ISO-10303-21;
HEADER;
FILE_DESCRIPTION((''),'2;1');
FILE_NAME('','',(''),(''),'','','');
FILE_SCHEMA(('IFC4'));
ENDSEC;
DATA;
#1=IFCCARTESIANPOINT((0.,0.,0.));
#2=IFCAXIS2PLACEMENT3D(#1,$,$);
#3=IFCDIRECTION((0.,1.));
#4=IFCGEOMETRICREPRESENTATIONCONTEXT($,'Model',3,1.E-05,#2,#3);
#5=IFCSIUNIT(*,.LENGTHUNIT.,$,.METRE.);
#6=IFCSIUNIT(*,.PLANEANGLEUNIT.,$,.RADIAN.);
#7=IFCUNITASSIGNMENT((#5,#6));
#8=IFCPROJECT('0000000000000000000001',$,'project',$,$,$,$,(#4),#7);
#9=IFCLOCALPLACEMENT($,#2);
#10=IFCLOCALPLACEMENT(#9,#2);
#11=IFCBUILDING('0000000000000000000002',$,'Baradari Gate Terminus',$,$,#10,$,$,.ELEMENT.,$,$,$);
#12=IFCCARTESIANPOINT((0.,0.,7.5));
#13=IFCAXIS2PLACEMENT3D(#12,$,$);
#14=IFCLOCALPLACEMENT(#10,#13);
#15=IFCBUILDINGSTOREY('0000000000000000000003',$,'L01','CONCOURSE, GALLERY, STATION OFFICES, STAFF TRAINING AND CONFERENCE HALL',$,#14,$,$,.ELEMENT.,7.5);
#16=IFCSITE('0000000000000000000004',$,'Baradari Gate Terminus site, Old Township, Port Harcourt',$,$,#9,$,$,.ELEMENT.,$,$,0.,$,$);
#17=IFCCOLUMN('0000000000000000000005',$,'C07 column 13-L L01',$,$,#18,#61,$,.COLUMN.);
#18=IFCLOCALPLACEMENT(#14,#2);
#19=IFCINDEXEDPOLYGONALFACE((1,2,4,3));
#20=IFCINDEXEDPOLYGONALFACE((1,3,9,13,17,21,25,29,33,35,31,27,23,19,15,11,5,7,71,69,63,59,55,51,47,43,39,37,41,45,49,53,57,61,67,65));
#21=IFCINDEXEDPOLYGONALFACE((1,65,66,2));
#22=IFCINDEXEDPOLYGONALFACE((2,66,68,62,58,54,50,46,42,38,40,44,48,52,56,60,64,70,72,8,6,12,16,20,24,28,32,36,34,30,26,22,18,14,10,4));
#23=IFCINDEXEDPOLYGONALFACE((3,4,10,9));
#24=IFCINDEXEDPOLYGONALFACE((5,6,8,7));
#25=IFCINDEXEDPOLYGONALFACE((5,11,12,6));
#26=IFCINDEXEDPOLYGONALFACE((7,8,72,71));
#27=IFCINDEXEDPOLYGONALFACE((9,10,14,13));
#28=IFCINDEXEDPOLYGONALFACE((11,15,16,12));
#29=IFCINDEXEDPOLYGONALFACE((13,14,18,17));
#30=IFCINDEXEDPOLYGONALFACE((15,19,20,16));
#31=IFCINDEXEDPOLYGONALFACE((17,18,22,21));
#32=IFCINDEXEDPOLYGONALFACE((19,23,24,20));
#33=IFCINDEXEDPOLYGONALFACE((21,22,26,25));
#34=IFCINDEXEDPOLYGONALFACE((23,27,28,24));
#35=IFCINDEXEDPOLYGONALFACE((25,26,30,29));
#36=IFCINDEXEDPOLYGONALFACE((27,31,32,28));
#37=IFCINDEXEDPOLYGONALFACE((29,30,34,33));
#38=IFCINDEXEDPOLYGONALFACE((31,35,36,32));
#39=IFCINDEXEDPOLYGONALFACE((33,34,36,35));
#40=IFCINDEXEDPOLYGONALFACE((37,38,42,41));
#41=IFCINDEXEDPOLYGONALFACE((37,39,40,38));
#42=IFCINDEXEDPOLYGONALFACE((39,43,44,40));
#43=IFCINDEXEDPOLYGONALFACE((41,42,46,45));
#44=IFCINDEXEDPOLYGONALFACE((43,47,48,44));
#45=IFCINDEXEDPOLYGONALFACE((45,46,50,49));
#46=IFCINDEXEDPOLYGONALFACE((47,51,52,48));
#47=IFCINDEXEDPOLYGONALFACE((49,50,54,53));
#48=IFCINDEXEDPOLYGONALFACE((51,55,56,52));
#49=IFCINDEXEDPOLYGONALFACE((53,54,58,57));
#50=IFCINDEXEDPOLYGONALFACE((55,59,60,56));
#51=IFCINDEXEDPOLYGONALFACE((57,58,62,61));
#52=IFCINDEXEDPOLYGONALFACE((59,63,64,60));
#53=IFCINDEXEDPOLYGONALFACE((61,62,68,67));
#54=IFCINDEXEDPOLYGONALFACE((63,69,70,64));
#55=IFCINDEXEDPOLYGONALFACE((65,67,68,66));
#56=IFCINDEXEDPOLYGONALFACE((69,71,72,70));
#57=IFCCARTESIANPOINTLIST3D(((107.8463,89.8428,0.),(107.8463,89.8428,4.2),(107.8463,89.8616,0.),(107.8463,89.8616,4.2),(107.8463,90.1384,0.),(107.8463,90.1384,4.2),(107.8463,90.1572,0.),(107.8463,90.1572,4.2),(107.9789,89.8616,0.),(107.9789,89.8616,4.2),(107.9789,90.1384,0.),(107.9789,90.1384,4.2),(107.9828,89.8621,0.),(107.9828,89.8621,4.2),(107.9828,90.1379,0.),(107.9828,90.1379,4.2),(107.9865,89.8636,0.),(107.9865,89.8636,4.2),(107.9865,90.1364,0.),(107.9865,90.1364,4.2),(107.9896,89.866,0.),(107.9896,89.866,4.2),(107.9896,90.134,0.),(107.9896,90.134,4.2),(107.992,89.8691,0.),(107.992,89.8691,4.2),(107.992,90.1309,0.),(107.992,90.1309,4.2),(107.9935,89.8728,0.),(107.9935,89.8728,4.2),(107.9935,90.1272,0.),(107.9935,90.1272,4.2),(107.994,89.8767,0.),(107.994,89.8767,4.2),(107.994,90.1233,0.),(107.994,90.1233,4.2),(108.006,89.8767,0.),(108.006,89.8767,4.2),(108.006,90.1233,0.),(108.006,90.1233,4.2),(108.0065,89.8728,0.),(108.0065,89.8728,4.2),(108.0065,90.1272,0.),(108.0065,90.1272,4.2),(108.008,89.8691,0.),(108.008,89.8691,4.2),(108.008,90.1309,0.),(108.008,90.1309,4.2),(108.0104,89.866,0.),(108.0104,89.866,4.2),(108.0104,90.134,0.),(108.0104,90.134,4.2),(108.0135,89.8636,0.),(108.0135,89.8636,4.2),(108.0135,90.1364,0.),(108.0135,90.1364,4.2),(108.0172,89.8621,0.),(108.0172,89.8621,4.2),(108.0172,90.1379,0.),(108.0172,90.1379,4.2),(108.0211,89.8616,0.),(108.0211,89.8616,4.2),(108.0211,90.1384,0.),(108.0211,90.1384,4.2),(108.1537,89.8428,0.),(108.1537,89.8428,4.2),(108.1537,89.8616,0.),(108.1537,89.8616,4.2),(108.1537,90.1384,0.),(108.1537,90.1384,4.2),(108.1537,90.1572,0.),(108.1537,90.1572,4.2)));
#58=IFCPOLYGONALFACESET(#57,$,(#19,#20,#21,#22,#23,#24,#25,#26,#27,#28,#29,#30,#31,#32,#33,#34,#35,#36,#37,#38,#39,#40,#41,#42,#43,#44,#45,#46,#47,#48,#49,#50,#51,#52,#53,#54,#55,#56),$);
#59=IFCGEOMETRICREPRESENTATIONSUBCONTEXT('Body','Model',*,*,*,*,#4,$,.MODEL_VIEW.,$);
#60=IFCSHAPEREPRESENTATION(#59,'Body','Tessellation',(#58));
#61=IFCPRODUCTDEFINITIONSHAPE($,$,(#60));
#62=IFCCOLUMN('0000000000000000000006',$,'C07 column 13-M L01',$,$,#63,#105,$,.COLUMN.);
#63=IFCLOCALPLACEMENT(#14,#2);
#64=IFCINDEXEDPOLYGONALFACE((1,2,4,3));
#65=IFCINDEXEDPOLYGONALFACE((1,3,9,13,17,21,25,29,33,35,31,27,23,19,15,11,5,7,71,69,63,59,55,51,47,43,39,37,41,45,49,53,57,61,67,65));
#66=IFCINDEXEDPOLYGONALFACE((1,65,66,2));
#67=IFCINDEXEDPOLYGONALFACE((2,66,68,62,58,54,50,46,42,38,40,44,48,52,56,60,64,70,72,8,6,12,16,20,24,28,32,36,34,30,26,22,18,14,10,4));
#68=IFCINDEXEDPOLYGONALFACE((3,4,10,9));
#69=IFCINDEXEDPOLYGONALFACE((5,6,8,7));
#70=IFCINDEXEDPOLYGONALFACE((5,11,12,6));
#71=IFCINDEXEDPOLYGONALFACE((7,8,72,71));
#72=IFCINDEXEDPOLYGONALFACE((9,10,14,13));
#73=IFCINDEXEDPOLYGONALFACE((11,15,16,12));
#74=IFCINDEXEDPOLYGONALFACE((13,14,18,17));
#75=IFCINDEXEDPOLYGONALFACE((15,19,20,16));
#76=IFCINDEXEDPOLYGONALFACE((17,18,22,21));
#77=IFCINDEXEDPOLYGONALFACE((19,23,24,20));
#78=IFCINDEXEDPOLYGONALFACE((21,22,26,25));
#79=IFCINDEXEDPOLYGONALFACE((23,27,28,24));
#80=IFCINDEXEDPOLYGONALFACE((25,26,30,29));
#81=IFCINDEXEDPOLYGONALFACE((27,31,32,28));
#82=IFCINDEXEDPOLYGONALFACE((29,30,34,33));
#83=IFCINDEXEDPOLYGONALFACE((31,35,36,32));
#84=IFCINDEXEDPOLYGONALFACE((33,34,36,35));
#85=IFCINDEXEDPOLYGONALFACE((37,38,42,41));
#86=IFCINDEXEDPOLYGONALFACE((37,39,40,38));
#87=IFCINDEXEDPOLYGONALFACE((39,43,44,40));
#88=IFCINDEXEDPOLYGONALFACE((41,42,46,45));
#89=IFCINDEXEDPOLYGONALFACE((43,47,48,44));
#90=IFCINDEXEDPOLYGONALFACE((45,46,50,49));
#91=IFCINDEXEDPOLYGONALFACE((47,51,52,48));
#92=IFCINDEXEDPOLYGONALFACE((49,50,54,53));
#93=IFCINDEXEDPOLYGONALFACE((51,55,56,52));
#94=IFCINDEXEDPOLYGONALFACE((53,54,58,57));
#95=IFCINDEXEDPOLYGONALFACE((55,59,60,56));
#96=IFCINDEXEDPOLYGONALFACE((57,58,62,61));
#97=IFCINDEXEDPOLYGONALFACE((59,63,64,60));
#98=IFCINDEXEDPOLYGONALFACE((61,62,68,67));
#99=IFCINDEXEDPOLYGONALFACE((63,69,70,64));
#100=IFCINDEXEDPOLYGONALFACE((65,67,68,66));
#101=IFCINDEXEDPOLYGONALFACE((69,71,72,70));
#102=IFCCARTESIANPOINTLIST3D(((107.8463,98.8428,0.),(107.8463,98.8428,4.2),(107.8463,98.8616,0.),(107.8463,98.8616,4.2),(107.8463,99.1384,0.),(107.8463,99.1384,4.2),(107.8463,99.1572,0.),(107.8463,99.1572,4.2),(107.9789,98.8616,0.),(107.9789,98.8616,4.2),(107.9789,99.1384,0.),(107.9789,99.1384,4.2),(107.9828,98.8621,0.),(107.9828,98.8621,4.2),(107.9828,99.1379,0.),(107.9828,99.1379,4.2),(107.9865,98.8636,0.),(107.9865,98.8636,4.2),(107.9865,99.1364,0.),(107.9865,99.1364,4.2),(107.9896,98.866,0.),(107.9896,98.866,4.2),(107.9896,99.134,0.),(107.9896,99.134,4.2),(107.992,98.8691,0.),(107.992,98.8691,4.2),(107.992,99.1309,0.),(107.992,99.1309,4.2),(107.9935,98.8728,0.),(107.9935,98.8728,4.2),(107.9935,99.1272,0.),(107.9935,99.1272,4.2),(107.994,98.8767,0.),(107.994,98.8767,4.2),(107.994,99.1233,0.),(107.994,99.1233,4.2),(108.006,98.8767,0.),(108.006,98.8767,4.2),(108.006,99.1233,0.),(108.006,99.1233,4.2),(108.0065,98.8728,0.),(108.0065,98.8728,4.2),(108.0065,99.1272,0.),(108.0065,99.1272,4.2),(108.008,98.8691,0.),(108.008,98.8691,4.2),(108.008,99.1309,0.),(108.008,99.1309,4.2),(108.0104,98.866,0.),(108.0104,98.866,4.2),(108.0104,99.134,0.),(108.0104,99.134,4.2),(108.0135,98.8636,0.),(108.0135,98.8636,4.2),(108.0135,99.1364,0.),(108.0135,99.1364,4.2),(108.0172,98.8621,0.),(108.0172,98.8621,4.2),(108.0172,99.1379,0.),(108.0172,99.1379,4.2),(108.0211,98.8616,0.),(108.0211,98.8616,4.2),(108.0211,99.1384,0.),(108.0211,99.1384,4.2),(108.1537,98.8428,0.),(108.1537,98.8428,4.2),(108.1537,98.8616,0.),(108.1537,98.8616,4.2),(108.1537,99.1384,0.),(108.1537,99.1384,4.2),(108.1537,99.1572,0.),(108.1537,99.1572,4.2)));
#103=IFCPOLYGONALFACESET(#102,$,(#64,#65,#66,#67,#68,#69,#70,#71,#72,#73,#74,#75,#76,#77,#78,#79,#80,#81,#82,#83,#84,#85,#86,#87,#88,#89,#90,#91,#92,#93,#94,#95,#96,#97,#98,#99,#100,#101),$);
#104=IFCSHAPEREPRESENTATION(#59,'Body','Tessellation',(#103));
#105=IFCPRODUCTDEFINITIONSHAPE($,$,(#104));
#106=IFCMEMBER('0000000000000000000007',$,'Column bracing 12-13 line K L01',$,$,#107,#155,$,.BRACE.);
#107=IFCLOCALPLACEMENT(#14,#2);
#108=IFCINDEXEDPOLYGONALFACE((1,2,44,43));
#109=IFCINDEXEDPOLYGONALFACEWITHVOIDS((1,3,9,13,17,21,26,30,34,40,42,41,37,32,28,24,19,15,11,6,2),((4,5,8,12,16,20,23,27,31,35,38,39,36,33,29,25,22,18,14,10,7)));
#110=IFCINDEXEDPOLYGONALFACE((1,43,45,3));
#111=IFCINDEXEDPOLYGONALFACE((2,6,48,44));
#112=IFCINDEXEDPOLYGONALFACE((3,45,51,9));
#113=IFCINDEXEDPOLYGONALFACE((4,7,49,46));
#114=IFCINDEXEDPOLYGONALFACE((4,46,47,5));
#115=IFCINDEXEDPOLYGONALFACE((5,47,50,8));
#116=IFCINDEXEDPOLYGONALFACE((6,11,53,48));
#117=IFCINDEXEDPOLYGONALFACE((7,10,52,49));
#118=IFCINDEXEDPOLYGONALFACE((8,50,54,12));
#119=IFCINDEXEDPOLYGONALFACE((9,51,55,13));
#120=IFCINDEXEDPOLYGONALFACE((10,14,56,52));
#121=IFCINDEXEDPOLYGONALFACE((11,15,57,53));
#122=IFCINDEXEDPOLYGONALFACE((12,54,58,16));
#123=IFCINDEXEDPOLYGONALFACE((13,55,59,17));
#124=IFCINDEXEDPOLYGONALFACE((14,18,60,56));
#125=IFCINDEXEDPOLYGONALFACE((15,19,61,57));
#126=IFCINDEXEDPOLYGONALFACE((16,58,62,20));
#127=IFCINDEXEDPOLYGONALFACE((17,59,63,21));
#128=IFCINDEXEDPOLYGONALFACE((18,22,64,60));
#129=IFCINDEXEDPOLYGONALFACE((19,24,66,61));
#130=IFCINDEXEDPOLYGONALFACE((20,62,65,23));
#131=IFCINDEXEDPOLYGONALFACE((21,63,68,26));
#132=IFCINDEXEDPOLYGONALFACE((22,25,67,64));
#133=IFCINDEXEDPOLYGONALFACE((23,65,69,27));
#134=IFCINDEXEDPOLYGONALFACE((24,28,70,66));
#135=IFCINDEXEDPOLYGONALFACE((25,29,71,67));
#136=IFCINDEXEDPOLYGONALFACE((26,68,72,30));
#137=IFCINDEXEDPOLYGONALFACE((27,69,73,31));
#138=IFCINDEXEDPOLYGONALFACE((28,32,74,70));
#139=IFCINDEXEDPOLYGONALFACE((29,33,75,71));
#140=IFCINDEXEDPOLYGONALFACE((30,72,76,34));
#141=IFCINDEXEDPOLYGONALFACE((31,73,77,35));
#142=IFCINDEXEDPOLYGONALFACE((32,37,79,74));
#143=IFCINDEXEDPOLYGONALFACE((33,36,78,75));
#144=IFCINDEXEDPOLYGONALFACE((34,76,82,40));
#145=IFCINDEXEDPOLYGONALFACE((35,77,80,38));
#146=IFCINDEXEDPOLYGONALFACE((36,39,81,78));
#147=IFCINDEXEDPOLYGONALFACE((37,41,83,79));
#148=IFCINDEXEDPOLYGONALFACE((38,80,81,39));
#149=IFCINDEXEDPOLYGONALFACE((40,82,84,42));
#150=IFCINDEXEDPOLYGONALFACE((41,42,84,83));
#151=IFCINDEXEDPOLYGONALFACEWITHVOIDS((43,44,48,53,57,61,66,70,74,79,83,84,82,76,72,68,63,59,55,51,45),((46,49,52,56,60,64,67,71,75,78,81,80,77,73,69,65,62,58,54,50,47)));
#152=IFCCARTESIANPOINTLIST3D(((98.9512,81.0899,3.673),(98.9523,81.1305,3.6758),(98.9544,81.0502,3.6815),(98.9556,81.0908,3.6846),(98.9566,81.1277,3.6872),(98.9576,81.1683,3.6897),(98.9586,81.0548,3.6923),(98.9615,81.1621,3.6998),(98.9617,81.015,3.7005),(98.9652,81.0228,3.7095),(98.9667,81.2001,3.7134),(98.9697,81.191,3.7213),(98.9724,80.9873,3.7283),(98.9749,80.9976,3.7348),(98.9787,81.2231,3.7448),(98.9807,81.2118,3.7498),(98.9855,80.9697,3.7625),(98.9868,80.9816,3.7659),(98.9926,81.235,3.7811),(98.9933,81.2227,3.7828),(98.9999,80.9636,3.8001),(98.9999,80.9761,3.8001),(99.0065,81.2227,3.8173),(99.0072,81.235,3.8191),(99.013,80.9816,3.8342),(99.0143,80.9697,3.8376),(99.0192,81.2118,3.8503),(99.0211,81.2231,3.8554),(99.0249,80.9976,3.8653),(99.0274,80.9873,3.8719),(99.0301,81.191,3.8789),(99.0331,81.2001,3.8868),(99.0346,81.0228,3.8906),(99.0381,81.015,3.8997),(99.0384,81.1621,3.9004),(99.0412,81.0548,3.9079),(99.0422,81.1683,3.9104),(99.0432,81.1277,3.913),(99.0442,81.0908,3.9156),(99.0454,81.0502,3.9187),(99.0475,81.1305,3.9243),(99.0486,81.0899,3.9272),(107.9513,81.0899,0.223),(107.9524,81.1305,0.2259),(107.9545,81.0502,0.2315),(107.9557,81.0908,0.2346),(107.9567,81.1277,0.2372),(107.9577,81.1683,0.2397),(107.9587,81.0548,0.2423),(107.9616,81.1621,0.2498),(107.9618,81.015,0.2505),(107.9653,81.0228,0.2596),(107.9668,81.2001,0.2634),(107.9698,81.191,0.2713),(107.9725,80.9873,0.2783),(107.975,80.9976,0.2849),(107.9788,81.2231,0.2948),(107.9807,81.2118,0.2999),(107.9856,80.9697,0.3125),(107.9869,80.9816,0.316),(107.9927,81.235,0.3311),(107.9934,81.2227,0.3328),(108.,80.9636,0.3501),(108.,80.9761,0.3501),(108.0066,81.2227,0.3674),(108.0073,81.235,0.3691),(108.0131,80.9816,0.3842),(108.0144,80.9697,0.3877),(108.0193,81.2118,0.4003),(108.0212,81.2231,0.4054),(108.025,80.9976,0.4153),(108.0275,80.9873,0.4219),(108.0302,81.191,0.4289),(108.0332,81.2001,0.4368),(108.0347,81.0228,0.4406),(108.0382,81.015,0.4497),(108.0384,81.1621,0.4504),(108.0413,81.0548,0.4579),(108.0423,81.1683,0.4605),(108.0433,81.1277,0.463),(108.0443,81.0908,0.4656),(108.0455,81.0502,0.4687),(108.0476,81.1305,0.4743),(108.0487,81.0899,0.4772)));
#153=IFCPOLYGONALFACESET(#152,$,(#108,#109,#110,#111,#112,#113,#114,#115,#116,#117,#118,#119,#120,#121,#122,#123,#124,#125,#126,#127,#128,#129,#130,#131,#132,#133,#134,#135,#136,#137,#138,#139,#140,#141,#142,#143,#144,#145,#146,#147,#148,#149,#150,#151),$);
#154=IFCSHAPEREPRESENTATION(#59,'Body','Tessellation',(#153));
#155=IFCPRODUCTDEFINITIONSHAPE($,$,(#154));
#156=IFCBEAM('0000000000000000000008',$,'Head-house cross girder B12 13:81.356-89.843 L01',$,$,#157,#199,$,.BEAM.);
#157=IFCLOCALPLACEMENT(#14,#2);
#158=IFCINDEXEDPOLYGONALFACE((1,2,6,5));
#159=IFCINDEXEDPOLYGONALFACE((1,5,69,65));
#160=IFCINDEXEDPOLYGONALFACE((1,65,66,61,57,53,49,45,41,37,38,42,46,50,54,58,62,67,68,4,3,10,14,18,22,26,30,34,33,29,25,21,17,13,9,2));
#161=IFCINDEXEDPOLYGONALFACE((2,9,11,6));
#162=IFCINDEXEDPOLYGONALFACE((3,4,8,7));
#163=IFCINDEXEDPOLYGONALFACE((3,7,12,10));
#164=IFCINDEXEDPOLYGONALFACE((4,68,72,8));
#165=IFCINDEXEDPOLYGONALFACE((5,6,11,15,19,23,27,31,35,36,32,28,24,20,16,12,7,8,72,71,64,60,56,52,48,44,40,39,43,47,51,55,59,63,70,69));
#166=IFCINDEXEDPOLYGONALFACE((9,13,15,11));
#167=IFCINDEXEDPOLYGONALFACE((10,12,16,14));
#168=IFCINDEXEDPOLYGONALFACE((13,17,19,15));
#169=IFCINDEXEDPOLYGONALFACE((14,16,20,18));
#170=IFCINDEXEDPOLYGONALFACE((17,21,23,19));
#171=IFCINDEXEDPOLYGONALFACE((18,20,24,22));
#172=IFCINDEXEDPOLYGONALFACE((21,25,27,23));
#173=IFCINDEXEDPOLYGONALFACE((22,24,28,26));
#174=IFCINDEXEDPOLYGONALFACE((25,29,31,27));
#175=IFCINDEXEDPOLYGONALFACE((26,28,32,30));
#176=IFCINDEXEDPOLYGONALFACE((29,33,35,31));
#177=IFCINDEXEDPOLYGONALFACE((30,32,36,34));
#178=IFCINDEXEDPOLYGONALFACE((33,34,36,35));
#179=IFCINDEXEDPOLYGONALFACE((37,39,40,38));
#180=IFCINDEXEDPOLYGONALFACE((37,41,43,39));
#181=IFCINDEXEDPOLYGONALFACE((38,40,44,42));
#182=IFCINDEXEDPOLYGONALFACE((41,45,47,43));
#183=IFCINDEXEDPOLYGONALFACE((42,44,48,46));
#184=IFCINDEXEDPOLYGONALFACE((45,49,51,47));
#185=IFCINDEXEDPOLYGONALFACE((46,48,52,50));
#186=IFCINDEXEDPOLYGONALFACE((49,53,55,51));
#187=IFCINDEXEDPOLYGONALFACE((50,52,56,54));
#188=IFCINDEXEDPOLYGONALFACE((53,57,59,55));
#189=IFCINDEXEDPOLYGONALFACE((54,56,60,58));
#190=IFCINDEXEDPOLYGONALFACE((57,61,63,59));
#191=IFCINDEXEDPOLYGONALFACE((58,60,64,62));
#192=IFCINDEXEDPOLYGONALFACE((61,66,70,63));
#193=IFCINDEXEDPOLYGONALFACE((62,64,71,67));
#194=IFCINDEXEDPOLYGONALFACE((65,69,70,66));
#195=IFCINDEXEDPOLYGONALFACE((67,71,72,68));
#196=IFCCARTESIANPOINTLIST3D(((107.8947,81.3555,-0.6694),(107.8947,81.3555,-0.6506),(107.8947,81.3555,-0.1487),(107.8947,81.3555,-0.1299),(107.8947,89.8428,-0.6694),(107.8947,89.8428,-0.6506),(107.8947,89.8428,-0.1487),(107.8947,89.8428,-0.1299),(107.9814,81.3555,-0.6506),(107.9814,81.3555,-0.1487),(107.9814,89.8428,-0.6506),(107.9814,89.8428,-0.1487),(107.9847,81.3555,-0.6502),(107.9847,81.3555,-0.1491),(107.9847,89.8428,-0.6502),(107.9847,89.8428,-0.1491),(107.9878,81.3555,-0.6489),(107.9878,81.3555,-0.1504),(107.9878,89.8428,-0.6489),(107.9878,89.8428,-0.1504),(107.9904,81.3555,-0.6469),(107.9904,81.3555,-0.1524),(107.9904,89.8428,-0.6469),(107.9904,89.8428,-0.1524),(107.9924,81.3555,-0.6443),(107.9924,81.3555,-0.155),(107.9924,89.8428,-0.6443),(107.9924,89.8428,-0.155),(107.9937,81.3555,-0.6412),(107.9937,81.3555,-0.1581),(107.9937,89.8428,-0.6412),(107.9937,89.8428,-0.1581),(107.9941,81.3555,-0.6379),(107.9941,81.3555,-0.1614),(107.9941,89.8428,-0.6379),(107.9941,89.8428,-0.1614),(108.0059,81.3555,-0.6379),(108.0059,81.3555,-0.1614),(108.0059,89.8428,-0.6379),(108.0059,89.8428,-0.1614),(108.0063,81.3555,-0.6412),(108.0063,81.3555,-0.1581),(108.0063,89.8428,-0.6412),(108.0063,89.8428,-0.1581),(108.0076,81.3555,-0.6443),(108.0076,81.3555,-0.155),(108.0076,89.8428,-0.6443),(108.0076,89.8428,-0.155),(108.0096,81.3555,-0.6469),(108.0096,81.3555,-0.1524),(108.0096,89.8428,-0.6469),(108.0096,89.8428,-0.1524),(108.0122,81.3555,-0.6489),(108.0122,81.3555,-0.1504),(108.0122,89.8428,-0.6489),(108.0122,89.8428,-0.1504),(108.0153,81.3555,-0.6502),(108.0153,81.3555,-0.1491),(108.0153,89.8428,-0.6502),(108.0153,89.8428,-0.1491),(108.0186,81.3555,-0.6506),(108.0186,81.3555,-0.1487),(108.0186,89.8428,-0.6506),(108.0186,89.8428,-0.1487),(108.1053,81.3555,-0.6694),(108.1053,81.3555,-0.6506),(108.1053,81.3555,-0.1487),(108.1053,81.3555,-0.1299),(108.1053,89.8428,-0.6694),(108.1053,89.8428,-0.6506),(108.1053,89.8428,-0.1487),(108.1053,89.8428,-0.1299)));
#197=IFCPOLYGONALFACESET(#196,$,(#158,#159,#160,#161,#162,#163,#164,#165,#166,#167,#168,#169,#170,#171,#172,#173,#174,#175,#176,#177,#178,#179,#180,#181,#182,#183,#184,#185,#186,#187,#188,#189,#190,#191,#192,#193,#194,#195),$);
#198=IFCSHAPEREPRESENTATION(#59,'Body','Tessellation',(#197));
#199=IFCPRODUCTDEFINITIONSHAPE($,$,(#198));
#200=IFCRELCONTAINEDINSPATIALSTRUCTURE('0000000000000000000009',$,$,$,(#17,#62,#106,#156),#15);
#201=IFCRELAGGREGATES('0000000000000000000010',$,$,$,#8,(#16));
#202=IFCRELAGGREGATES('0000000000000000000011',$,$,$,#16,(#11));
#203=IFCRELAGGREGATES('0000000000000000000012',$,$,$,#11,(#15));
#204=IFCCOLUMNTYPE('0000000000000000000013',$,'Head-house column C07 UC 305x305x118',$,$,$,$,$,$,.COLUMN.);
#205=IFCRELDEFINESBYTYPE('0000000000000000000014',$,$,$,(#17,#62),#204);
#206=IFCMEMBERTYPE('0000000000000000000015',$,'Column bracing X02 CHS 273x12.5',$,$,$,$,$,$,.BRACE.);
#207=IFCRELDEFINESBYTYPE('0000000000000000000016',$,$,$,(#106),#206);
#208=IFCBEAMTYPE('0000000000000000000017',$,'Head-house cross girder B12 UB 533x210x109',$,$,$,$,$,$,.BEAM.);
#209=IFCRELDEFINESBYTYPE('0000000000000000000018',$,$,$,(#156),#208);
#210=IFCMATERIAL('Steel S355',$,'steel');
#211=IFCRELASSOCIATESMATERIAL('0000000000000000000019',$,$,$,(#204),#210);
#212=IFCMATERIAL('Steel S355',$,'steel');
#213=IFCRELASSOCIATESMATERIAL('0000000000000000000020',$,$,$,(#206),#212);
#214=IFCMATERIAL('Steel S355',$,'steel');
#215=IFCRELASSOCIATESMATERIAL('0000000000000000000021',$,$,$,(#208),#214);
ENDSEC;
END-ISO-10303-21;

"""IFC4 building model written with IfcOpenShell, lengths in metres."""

from ifc_helpers import new_model, si_unit, direction, frame, origin, origin_2d, place, context, subcontext, project, spatial, hollow_circle, i_section, extrude, material, material_profile, profile_set, type_object, element, save


model = new_model("IFC4")

# Units and contexts
model_context = context("Model", 3, precision=1e-05, world=origin(), true_north=direction((0.0, 1.0)))
body_context = subcontext(model_context, "Body", "Model", "MODEL_VIEW")
ifc_project = project(units=[si_unit("LENGTHUNIT", "METRE"), si_unit("PLANEANGLEUNIT", "RADIAN")], contexts=[model_context])

# Site, building, storey
site_placement = place(None, origin())
site = spatial("IfcSite", under=ifc_project, at=site_placement, Name="Baradari Gate Terminus site, Old Township, Port Harcourt", CompositionType="ELEMENT", RefElevation=0.0)
building_placement = place(site_placement, origin())
building = spatial("IfcBuilding", under=site, at=building_placement, Name="Baradari Gate Terminus", CompositionType="ELEMENT")
storey_placement = place(building_placement, frame((0.0, 0.0, 7.5)))
storey = spatial("IfcBuildingStorey", under=building, at=storey_placement, Name="L01", Description="CONCOURSE, GALLERY, STATION OFFICES, STAFF TRAINING AND CONFERENCE HALL", CompositionType="ELEMENT", Elevation=7.5)

# Columns
ifc_material_1 = material(Name="Steel S355", Category="steel")
ifc_material_profile_1 = material_profile(ifc_material_1, i_section(OverallWidth=0.3074, OverallDepth=0.3145, WebThickness=0.012, FlangeThickness=0.0188, FilletRadius=0.0151, at=origin_2d()), Name="UC 305x305x118")
ifc_profile_set_1 = profile_set([ifc_material_profile_1], Name="Steel S355")
column_type = type_object("IfcColumnType", Name="Head-house column C07 UC 305x305x118", PredefinedType="COLUMN", material=ifc_profile_set_1)
for number, where, z_axis, x_axis, name in (
    (1, (108.0, 90.0, 0.0), (0.0, 0.0, 1.0), (1.0, 0.0, 0.0), "C07 column 13-L L01"),
    (2, (108.0, 99.0, 0.0), (0.0, 0.0, 1.0), (1.0, 0.0, 0.0), "C07 column 13-M L01"),
):
    element("IfcColumn", number, at=place(storey_placement, frame(where, z_axis=z_axis, x_axis=x_axis)), inside=storey, type_object=column_type, Name=name, PredefinedType="COLUMN", context=body_context, shape_type="SweptSolid", body=[
        extrude(i_section(OverallWidth=0.3074, OverallDepth=0.3145, WebThickness=0.012, FlangeThickness=0.0188, FilletRadius=0.0151, at=origin_2d()), origin(), (0.0, 0.0, 1.0), 4.2),
    ])

# Member
ifc_material_2 = material(Name="Steel S355", Category="steel")
ifc_material_profile_2 = material_profile(ifc_material_2, hollow_circle(Radius=0.1365, WallThickness=0.0125, at=origin_2d()), Name="CHS 273x12.5")
ifc_profile_set_2 = profile_set([ifc_material_profile_2], Name="Steel S355")
member_type = type_object("IfcMemberType", Name="Column bracing X02 CHS 273x12.5", PredefinedType="BRACE", material=ifc_profile_set_2)
member_placement = place(storey_placement, frame((108.0, 81.1001, 0.3501), z_axis=(-0.933748, 0.0, 0.357932), x_axis=(0.0, -1.0, 0.0)))
element("IfcMember", 3, at=member_placement, inside=storey, type_object=member_type, Name="Column bracing 12-13 line K L01", PredefinedType="BRACE", context=body_context, shape_type="SweptSolid", body=[
    extrude(hollow_circle(Radius=0.1365, WallThickness=0.0125, at=origin_2d()), origin(), (0.0, 0.0, 1.0), 9.6387),
])

# Beam
ifc_material_3 = material(Name="Steel S355", Category="steel")
ifc_material_profile_3 = material_profile(ifc_material_3, i_section(OverallWidth=0.2107, OverallDepth=0.5396, WebThickness=0.0117, FlangeThickness=0.0188, FilletRadius=0.0127, at=origin_2d()), Name="UB 533x210x109")
ifc_profile_set_3 = profile_set([ifc_material_profile_3], Name="Steel S355")
beam_type_1 = type_object("IfcBeamType", Name="Head-house cross girder B12 UB 533x210x109", PredefinedType="BEAM", material=ifc_profile_set_3)
beam_1_placement = place(storey_placement, frame((108.0, 81.3555, -0.3997), z_axis=(0.0, 1.0, 0.0), x_axis=(-1.0, 0.0, 0.0)))
element("IfcBeam", 4, at=beam_1_placement, inside=storey, type_object=beam_type_1, Name="Head-house cross girder B12 13:81.356-89.843 L01", PredefinedType="BEAM", context=body_context, shape_type="SweptSolid", body=[
    extrude(i_section(OverallWidth=0.2107, OverallDepth=0.5396, WebThickness=0.0117, FlangeThickness=0.0188, FilletRadius=0.0127, at=origin_2d()), origin(), (0.0, 0.0, 1.0), 8.4873),
])

save(model, "model.ifc")
